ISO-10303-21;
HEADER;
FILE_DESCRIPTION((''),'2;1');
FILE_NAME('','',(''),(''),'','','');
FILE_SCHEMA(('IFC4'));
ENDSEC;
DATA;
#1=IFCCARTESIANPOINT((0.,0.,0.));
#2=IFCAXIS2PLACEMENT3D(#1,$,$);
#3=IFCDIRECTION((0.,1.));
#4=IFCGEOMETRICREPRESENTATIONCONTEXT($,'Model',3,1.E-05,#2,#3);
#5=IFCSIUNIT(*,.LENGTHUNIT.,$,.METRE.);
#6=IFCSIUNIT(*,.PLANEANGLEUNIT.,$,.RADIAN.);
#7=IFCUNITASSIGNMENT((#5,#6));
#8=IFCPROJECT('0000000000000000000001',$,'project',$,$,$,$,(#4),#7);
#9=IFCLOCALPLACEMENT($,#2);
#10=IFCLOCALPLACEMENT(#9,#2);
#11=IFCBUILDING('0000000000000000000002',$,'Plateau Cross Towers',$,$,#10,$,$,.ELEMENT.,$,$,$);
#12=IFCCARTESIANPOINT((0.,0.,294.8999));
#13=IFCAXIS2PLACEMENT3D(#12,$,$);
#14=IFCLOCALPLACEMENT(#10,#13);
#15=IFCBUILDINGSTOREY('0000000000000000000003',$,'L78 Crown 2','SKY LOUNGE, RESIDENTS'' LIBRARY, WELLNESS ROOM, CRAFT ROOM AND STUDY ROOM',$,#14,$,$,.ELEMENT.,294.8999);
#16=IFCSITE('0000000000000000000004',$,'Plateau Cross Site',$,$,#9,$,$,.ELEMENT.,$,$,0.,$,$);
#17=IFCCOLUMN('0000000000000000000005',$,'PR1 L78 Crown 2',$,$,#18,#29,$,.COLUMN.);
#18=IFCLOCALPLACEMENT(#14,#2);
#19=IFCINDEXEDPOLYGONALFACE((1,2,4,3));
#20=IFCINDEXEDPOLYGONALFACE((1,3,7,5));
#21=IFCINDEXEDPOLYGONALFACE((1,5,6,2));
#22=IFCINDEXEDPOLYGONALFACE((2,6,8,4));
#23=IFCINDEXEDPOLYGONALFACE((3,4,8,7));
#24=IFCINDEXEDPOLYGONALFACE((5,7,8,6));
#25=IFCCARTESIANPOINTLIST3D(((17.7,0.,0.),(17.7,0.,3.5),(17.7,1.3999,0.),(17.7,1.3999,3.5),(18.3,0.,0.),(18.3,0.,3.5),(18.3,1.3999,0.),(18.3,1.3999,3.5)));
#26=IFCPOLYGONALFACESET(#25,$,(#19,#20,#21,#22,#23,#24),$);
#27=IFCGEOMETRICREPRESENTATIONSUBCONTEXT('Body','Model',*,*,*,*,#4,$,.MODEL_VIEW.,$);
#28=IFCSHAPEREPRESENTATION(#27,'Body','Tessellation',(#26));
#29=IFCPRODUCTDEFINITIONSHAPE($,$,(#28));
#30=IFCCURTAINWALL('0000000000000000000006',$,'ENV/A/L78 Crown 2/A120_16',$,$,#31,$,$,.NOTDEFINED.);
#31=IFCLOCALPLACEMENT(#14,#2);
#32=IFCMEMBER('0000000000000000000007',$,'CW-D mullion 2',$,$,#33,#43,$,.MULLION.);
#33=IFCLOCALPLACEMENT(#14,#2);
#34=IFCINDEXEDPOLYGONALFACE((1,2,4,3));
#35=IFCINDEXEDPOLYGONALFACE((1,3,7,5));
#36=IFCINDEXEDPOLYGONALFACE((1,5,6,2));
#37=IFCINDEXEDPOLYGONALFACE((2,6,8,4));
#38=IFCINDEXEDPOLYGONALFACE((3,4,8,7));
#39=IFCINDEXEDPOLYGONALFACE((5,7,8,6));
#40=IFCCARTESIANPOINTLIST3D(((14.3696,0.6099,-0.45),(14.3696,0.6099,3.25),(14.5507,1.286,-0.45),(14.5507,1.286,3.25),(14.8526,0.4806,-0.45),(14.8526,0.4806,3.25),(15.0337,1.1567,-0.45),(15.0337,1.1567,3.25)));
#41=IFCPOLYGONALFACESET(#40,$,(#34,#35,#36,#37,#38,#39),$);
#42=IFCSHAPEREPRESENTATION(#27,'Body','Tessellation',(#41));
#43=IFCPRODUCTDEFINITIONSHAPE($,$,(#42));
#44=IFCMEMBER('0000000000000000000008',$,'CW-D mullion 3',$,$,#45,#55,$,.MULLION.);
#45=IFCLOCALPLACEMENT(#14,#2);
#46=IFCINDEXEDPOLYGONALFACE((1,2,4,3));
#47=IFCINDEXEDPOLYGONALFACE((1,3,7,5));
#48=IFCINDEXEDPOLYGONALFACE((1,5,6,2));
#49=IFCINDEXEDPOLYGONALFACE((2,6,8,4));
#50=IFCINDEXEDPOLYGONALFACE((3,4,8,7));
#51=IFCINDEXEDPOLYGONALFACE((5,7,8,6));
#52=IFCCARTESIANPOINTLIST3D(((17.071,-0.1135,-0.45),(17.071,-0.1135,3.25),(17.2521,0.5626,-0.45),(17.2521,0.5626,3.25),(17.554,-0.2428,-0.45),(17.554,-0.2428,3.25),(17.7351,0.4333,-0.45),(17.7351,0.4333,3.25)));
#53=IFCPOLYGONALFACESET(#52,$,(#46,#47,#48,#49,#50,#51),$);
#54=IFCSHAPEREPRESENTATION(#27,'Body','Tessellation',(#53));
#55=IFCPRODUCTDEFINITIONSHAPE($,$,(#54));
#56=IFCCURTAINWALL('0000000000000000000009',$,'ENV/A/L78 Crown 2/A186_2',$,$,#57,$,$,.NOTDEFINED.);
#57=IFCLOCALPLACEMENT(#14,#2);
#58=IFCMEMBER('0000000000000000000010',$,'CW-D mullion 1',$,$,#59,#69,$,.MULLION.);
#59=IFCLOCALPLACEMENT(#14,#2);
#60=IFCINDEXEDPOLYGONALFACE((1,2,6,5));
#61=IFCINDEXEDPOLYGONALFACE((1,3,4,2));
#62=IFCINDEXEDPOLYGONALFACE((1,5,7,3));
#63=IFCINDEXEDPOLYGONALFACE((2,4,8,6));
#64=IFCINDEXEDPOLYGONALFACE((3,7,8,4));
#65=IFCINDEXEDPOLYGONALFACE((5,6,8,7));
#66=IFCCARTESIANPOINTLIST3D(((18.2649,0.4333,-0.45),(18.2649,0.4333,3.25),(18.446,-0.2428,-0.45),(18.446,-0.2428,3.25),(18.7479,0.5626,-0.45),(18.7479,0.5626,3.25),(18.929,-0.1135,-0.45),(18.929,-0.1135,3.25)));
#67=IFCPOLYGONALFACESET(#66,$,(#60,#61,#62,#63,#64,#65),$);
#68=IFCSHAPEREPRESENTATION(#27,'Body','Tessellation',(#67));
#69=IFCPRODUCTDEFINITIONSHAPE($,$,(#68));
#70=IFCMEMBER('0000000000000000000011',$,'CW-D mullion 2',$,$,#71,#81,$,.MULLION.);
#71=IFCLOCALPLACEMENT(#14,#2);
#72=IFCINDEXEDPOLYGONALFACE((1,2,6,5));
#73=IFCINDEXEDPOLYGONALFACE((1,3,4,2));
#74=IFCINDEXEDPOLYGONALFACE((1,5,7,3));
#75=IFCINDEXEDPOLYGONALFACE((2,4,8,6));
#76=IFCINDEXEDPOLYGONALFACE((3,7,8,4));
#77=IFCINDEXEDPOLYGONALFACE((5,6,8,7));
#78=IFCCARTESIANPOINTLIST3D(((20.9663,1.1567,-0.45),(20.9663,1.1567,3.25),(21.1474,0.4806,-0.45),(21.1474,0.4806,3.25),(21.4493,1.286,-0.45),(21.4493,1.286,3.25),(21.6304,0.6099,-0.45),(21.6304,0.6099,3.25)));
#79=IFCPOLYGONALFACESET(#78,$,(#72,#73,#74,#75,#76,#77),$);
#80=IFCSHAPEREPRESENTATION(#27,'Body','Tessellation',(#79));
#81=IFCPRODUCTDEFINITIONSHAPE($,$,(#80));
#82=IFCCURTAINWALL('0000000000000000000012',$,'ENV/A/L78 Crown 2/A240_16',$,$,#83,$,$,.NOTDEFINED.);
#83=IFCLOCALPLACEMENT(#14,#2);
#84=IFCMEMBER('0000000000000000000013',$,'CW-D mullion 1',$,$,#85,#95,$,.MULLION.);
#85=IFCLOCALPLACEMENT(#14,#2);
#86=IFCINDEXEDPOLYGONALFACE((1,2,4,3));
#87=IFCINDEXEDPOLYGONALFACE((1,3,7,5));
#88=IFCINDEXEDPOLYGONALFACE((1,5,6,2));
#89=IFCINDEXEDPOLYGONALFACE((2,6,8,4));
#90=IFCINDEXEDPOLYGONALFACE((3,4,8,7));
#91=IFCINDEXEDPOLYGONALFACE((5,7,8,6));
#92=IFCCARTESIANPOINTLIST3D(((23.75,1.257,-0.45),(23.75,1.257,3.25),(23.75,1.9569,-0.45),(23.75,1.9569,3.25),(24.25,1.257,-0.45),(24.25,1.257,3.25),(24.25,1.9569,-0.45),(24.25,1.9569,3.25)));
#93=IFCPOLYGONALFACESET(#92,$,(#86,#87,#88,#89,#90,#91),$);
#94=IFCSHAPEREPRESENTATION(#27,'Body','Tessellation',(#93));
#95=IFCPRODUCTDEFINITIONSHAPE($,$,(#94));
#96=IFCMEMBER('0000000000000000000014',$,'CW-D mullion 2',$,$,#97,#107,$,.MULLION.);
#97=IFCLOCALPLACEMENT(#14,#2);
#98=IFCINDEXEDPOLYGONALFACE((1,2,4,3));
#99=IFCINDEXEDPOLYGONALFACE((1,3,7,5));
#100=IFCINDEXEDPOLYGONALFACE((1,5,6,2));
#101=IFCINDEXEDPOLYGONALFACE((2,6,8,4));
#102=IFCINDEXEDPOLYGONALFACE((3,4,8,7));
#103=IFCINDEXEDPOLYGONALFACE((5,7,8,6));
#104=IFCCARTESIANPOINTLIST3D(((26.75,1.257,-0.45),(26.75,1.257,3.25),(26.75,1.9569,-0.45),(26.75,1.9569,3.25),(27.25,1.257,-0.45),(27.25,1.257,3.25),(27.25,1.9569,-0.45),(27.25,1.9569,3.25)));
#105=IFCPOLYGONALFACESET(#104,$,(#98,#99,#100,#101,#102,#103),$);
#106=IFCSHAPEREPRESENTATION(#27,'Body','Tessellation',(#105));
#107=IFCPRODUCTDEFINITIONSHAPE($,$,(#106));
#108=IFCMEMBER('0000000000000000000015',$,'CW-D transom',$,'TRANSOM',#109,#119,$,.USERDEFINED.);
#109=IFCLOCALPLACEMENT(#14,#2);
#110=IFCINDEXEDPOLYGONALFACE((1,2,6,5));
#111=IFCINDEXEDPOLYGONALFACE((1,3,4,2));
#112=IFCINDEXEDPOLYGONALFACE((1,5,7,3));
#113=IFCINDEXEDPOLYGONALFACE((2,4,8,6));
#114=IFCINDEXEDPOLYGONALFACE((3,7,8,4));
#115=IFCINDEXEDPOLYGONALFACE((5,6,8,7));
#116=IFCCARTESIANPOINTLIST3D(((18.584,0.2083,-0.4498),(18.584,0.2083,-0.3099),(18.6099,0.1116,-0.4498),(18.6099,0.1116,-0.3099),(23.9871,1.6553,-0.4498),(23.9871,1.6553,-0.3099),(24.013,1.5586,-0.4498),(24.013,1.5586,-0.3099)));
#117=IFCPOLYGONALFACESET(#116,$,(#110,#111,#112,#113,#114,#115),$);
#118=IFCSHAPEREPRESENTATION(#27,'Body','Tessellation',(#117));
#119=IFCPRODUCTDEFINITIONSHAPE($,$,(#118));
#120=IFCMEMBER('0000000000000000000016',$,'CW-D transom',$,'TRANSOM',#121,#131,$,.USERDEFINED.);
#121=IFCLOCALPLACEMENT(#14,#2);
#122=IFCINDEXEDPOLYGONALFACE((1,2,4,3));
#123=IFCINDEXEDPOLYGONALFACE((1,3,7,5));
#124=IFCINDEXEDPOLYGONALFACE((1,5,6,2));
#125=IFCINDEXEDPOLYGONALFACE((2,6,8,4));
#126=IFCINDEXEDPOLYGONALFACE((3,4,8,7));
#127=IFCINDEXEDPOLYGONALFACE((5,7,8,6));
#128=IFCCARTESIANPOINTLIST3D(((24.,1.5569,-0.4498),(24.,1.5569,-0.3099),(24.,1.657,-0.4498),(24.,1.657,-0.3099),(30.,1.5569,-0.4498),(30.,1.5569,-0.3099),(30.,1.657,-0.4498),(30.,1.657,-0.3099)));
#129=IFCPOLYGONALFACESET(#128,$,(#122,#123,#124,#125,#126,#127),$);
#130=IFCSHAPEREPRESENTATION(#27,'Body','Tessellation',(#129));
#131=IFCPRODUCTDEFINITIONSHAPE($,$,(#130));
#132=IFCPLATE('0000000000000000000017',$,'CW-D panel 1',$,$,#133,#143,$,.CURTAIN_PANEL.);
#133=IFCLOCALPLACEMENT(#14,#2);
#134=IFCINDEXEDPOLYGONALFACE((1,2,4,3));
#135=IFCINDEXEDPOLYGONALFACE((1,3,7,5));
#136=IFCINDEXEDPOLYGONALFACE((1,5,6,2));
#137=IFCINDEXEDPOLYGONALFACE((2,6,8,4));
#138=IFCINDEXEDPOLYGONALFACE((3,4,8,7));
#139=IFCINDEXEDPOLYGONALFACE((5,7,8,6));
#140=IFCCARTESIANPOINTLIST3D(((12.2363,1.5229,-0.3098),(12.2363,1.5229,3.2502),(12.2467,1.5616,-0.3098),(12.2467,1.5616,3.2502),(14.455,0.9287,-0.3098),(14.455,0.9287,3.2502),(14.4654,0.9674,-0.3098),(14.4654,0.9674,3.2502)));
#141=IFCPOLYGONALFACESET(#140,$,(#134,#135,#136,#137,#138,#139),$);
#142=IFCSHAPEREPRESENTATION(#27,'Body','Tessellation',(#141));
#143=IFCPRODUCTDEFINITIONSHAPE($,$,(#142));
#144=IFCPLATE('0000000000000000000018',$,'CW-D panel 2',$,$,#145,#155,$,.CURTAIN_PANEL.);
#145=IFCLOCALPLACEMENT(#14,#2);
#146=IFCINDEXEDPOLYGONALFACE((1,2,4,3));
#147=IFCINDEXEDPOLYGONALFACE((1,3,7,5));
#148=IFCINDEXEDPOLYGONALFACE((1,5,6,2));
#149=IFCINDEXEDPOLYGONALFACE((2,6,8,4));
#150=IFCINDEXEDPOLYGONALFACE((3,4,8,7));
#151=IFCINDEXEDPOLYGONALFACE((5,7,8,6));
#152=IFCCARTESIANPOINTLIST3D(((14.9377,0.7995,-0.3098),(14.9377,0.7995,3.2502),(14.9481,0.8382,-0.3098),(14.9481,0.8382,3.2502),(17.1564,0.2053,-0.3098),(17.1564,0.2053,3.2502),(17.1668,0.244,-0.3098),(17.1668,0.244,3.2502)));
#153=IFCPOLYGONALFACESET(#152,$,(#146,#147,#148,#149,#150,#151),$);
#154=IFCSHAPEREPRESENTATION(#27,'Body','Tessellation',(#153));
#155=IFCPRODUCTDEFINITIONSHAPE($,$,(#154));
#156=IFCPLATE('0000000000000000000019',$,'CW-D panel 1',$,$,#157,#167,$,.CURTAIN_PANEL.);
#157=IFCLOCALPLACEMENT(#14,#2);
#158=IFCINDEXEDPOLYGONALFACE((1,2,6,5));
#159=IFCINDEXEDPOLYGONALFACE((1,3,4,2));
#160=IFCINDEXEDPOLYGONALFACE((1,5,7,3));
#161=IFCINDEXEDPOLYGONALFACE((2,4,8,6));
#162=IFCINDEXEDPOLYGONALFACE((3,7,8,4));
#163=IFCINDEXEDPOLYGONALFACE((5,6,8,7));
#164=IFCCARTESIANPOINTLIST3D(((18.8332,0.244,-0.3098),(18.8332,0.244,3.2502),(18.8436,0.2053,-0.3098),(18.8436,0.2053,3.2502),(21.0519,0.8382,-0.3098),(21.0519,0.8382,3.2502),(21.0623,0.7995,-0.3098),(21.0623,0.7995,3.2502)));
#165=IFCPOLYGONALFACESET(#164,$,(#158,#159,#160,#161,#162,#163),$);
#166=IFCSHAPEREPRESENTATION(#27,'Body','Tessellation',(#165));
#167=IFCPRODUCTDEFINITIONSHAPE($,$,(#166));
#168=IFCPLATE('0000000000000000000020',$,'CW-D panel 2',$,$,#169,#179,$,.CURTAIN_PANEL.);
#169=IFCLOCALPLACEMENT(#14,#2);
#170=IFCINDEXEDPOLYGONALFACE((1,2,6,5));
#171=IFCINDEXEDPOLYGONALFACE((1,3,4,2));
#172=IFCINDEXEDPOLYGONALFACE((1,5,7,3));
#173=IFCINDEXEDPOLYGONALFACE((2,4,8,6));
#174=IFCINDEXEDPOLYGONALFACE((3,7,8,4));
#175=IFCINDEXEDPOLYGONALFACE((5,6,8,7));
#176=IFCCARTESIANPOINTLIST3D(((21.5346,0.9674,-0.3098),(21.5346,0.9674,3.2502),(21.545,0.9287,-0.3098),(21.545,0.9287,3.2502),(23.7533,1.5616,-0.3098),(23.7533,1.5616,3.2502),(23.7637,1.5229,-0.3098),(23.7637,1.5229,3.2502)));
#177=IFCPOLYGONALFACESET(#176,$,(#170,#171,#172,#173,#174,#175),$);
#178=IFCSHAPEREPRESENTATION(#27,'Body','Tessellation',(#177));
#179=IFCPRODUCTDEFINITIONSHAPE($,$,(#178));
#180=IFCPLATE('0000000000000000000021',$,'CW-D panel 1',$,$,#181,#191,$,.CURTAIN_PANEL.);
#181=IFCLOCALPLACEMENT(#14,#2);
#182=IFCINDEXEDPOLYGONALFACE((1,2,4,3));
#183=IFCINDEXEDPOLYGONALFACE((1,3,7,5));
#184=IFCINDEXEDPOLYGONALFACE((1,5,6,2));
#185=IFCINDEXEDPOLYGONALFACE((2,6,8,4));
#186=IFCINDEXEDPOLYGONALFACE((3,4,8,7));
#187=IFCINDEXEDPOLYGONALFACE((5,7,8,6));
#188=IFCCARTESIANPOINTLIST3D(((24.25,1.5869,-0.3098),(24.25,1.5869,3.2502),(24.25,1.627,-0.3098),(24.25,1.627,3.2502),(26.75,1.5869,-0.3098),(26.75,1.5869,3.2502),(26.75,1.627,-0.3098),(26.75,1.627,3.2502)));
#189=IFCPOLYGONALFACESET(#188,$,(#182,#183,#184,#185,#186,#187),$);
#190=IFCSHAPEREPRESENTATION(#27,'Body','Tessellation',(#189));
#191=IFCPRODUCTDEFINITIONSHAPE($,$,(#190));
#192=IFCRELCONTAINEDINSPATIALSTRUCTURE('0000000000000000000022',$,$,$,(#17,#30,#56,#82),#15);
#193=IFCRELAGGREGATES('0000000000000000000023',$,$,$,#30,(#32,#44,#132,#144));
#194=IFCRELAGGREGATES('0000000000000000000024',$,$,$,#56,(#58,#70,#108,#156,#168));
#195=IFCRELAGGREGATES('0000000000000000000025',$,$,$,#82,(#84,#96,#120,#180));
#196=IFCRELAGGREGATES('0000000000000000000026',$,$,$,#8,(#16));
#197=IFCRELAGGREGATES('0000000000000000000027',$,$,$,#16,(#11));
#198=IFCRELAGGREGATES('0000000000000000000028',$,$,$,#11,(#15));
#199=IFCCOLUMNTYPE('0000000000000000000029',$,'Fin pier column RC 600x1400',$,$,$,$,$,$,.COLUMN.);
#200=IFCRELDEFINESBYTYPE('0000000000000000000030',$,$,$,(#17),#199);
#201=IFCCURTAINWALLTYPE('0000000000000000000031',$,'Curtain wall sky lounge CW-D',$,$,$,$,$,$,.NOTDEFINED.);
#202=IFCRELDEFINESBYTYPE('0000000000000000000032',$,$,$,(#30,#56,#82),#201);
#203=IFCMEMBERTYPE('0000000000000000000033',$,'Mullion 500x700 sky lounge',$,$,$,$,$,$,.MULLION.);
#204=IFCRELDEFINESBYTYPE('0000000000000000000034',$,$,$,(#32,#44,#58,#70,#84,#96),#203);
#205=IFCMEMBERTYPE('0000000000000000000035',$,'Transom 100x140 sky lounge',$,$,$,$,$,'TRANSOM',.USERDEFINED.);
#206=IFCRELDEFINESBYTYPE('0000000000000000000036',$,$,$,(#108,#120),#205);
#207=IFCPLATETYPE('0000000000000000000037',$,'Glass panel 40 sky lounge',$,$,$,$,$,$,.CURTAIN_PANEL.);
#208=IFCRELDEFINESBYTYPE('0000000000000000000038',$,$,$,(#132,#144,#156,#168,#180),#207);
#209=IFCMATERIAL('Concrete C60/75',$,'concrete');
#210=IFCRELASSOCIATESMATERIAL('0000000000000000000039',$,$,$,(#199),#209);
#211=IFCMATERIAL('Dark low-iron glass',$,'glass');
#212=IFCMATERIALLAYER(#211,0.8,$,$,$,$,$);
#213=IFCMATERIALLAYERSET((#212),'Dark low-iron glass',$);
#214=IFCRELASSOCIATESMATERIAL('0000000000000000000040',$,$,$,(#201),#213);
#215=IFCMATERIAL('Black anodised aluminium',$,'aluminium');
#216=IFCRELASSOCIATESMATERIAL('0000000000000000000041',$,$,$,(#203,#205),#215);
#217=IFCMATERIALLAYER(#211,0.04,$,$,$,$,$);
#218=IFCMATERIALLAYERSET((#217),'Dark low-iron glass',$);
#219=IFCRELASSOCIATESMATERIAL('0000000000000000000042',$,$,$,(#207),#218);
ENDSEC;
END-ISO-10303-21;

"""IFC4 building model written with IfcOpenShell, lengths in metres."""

from ifc_helpers import new_model, si_unit, direction, frame, origin, origin_2d, place, context, subcontext, project, spatial, rectangle, extrude, material, layer, layer_set, material_profile, profile_set, type_object, element, aggregate, save


model = new_model("IFC4")

# Units and contexts
model_context = context("Model", 3, precision=1e-05, world=origin(), true_north=direction((0.0, 1.0)))
body_context = subcontext(model_context, "Body", "Model", "MODEL_VIEW")
ifc_project = project(units=[si_unit("LENGTHUNIT", "METRE"), si_unit("PLANEANGLEUNIT", "RADIAN")], contexts=[model_context])

# Site, building, storey
site_placement = place(None, origin())
site = spatial("IfcSite", under=ifc_project, at=site_placement, Name="Plateau Cross Site", CompositionType="ELEMENT", RefElevation=0.0)
building_placement = place(site_placement, origin())
building = spatial("IfcBuilding", under=site, at=building_placement, Name="Plateau Cross Towers", CompositionType="ELEMENT")
storey_placement = place(building_placement, frame((0.0, 0.0, 294.8999)))
storey = spatial("IfcBuildingStorey", under=building, at=storey_placement, Name="L78 Crown 2", Description="SKY LOUNGE, RESIDENTS' LIBRARY, WELLNESS ROOM, CRAFT ROOM AND STUDY ROOM", CompositionType="ELEMENT", Elevation=294.8999)

# Column
ifc_material_1 = material(Name="Concrete C60/75", Category="concrete")
ifc_material_profile_1 = material_profile(ifc_material_1, rectangle(XDim=0.6001, YDim=1.3999, at=origin_2d()), Name="RC 600x1400")
ifc_profile_set_1 = profile_set([ifc_material_profile_1], Name="Concrete C60/75")
column_type = type_object("IfcColumnType", Name="Fin pier column RC 600x1400", PredefinedType="COLUMN", material=ifc_profile_set_1)
column_placement = place(storey_placement, frame((18.0, 0.7, 0.0), z_axis=(0.0, 0.0, 1.0), x_axis=(1.0, 0.0, 0.0)))
element("IfcColumn", 1, at=column_placement, inside=storey, type_object=column_type, Name="PR1 L78 Crown 2", PredefinedType="COLUMN", context=body_context, shape_type="SweptSolid", body=[
    extrude(rectangle(XDim=0.6001, YDim=1.3999, at=origin_2d()), origin(), (0.0, 0.0, 1.0), 3.5),
])

# Curtain walls, members
ifc_material_2 = material(Name="Dark low-iron glass", Category="glass")
ifc_layer_1 = layer(ifc_material_2, 0.8)
ifc_layer_set_1 = layer_set([ifc_layer_1], Name="Dark low-iron glass")
curtain_wall_type = type_object("IfcCurtainWallType", Name="Curtain wall sky lounge CW-D", PredefinedType="NOTDEFINED", material=ifc_layer_set_1)
curtain_wall_1_placement = place(storey_placement, origin())
curtain_wall_1 = element("IfcCurtainWall", 2, at=curtain_wall_1_placement, inside=storey, type_object=curtain_wall_type, Name="ENV/A/L78 Crown 2/A120_16", PredefinedType="NOTDEFINED")
ifc_material_3 = material(Name="Black anodised aluminium", Category="aluminium")
ifc_material_profile_2 = material_profile(ifc_material_3, rectangle(XDim=0.5, YDim=0.7, at=origin_2d()), Name="MULLION 500x700")
ifc_profile_set_2 = profile_set([ifc_material_profile_2], Name="Black anodised aluminium")
member_type_1 = type_object("IfcMemberType", Name="Mullion 500x700 sky lounge", PredefinedType="MULLION", material=ifc_profile_set_2)
member_1_placement = place(storey_placement, frame((14.7017, 0.8833, -0.45), z_axis=(0.0, 0.0, 1.0), x_axis=(0.965958, -0.258699, 0.0)))
member_1 = element("IfcMember", 3, at=member_1_placement, type_object=member_type_1, Name="CW-D mullion 2", PredefinedType="MULLION", context=body_context, shape_type="SweptSolid", body=[
    extrude(rectangle(XDim=0.5, YDim=0.7, at=origin_2d()), origin(), (0.0, 0.0, 1.0), 3.7),
])
member_2_placement = place(storey_placement, frame((17.4031, 0.1599, -0.45), z_axis=(0.0, 0.0, 1.0), x_axis=(0.965958, -0.258699, 0.0)))
member_2 = element("IfcMember", 4, at=member_2_placement, type_object=member_type_1, Name="CW-D mullion 3", PredefinedType="MULLION", context=body_context, shape_type="SweptSolid", body=[
    extrude(rectangle(XDim=0.5, YDim=0.7, at=origin_2d()), origin(), (0.0, 0.0, 1.0), 3.7),
])
curtain_wall_2_placement = place(storey_placement, origin())
curtain_wall_2 = element("IfcCurtainWall", 5, at=curtain_wall_2_placement, inside=storey, type_object=curtain_wall_type, Name="ENV/A/L78 Crown 2/A186_2", PredefinedType="NOTDEFINED")
member_3_placement = place(storey_placement, frame((18.5969, 0.1599, -0.45), z_axis=(0.0, 0.0, 1.0), x_axis=(0.965958, 0.258699, 0.0)))
member_3 = element("IfcMember", 6, at=member_3_placement, type_object=member_type_1, Name="CW-D mullion 1", PredefinedType="MULLION", context=body_context, shape_type="SweptSolid", body=[
    extrude(rectangle(XDim=0.5, YDim=0.7, at=origin_2d()), origin(), (0.0, 0.0, 1.0), 3.7),
])
member_4_placement = place(storey_placement, frame((21.2983, 0.8833, -0.45), z_axis=(0.0, 0.0, 1.0), x_axis=(0.965958, 0.258699, 0.0)))
member_4 = element("IfcMember", 7, at=member_4_placement, type_object=member_type_1, Name="CW-D mullion 2", PredefinedType="MULLION", context=body_context, shape_type="SweptSolid", body=[
    extrude(rectangle(XDim=0.5, YDim=0.7, at=origin_2d()), origin(), (0.0, 0.0, 1.0), 3.7),
])
curtain_wall_3_placement = place(storey_placement, origin())
curtain_wall_3 = element("IfcCurtainWall", 8, at=curtain_wall_3_placement, inside=storey, type_object=curtain_wall_type, Name="ENV/A/L78 Crown 2/A240_16", PredefinedType="NOTDEFINED")
member_5_placement = place(storey_placement, frame((24.0, 1.6069, -0.45), z_axis=(0.0, 0.0, 1.0), x_axis=(1.0, 0.0, 0.0)))
member_5 = element("IfcMember", 9, at=member_5_placement, type_object=member_type_1, Name="CW-D mullion 1", PredefinedType="MULLION", context=body_context, shape_type="SweptSolid", body=[
    extrude(rectangle(XDim=0.5, YDim=0.7, at=origin_2d()), origin(), (0.0, 0.0, 1.0), 3.7),
])
member_6_placement = place(storey_placement, frame((27.0, 1.6069, -0.45), z_axis=(0.0, 0.0, 1.0), x_axis=(1.0, 0.0, 0.0)))
member_6 = element("IfcMember", 10, at=member_6_placement, type_object=member_type_1, Name="CW-D mullion 2", PredefinedType="MULLION", context=body_context, shape_type="SweptSolid", body=[
    extrude(rectangle(XDim=0.5, YDim=0.7, at=origin_2d()), origin(), (0.0, 0.0, 1.0), 3.7),
])

# Members
ifc_material_profile_3 = material_profile(ifc_material_3, rectangle(XDim=0.1001, YDim=0.1399, at=origin_2d()), Name="TRANSOM 100x140")
ifc_profile_set_3 = profile_set([ifc_material_profile_3], Name="Black anodised aluminium")
member_type_2 = type_object("IfcMemberType", Name="Transom 100x140 sky lounge", ElementType="TRANSOM", PredefinedType="USERDEFINED", material=ifc_profile_set_3)
member_7_placement = place(storey_placement, frame((18.5969, 0.1599, -0.3799), z_axis=(0.965958, 0.258698, 0.0), x_axis=(-0.258698, 0.965958, 0.0)))
member_7 = element("IfcMember", 11, at=member_7_placement, type_object=member_type_2, Name="CW-D transom", ObjectType="TRANSOM", PredefinedType="USERDEFINED", context=body_context, shape_type="SweptSolid", body=[
    extrude(rectangle(XDim=0.1001, YDim=0.1399, at=origin_2d()), origin(), (0.0, 0.0, 1.0), 5.5935),
])
member_8_placement = place(storey_placement, frame((24.0, 1.6069, -0.3799), z_axis=(1.0, 0.0, 0.0), x_axis=(0.0, 1.0, 0.0)))
member_8 = element("IfcMember", 12, at=member_8_placement, type_object=member_type_2, Name="CW-D transom", ObjectType="TRANSOM", PredefinedType="USERDEFINED", context=body_context, shape_type="SweptSolid", body=[
    extrude(rectangle(XDim=0.1001, YDim=0.1399, at=origin_2d()), origin(), (0.0, 0.0, 1.0), 6.0),
])

# Plates
ifc_layer_2 = layer(ifc_material_2, 0.04)
ifc_layer_set_2 = layer_set([ifc_layer_2], Name="Dark low-iron glass")
plate_type = type_object("IfcPlateType", Name="Glass panel 40 sky lounge", PredefinedType="CURTAIN_PANEL", material=ifc_layer_set_2)
plate_1_placement = place(storey_placement, frame((13.3508, 1.2451, -0.3098), z_axis=(0.0, 0.0, 1.0), x_axis=(0.965958, -0.258699, 0.0)))
plate_1 = element("IfcPlate", 13, at=plate_1_placement, type_object=plate_type, Name="CW-D panel 1", PredefinedType="CURTAIN_PANEL", context=body_context, shape_type="SweptSolid", body=[
    extrude(rectangle(XDim=2.2969, YDim=0.04, at=origin_2d()), origin(), (0.0, 0.0, 1.0), 3.5601),
])
plate_2_placement = place(storey_placement, frame((16.0522, 0.5217, -0.3098), z_axis=(0.0, 0.0, 1.0), x_axis=(0.965958, -0.258699, 0.0)))
plate_2 = element("IfcPlate", 14, at=plate_2_placement, type_object=plate_type, Name="CW-D panel 2", PredefinedType="CURTAIN_PANEL", context=body_context, shape_type="SweptSolid", body=[
    extrude(rectangle(XDim=2.2969, YDim=0.04, at=origin_2d()), origin(), (0.0, 0.0, 1.0), 3.5601),
])
aggregate(curtain_wall_1, [member_1, member_2, plate_1, plate_2])
plate_3_placement = place(storey_placement, frame((19.9478, 0.5217, -0.3098), z_axis=(0.0, 0.0, 1.0), x_axis=(0.965958, 0.258699, 0.0)))
plate_3 = element("IfcPlate", 15, at=plate_3_placement, type_object=plate_type, Name="CW-D panel 1", PredefinedType="CURTAIN_PANEL", context=body_context, shape_type="SweptSolid", body=[
    extrude(rectangle(XDim=2.2969, YDim=0.04, at=origin_2d()), origin(), (0.0, 0.0, 1.0), 3.5601),
])
plate_4_placement = place(storey_placement, frame((22.6492, 1.2451, -0.3098), z_axis=(0.0, 0.0, 1.0), x_axis=(0.965958, 0.258699, 0.0)))
plate_4 = element("IfcPlate", 16, at=plate_4_placement, type_object=plate_type, Name="CW-D panel 2", PredefinedType="CURTAIN_PANEL", context=body_context, shape_type="SweptSolid", body=[
    extrude(rectangle(XDim=2.2969, YDim=0.04, at=origin_2d()), origin(), (0.0, 0.0, 1.0), 3.5601),
])
aggregate(curtain_wall_2, [member_3, member_4, member_7, plate_3, plate_4])
plate_5_placement = place(storey_placement, frame((25.5, 1.6069, -0.3098), z_axis=(0.0, 0.0, 1.0), x_axis=(1.0, 0.0, 0.0)))
plate_5 = element("IfcPlate", 17, at=plate_5_placement, type_object=plate_type, Name="CW-D panel 1", PredefinedType="CURTAIN_PANEL", context=body_context, shape_type="SweptSolid", body=[
    extrude(rectangle(XDim=2.5, YDim=0.04, at=origin_2d()), origin(), (0.0, 0.0, 1.0), 3.5601),
])
aggregate(curtain_wall_3, [member_5, member_6, member_8, plate_5])

save(model, "model.ifc")
